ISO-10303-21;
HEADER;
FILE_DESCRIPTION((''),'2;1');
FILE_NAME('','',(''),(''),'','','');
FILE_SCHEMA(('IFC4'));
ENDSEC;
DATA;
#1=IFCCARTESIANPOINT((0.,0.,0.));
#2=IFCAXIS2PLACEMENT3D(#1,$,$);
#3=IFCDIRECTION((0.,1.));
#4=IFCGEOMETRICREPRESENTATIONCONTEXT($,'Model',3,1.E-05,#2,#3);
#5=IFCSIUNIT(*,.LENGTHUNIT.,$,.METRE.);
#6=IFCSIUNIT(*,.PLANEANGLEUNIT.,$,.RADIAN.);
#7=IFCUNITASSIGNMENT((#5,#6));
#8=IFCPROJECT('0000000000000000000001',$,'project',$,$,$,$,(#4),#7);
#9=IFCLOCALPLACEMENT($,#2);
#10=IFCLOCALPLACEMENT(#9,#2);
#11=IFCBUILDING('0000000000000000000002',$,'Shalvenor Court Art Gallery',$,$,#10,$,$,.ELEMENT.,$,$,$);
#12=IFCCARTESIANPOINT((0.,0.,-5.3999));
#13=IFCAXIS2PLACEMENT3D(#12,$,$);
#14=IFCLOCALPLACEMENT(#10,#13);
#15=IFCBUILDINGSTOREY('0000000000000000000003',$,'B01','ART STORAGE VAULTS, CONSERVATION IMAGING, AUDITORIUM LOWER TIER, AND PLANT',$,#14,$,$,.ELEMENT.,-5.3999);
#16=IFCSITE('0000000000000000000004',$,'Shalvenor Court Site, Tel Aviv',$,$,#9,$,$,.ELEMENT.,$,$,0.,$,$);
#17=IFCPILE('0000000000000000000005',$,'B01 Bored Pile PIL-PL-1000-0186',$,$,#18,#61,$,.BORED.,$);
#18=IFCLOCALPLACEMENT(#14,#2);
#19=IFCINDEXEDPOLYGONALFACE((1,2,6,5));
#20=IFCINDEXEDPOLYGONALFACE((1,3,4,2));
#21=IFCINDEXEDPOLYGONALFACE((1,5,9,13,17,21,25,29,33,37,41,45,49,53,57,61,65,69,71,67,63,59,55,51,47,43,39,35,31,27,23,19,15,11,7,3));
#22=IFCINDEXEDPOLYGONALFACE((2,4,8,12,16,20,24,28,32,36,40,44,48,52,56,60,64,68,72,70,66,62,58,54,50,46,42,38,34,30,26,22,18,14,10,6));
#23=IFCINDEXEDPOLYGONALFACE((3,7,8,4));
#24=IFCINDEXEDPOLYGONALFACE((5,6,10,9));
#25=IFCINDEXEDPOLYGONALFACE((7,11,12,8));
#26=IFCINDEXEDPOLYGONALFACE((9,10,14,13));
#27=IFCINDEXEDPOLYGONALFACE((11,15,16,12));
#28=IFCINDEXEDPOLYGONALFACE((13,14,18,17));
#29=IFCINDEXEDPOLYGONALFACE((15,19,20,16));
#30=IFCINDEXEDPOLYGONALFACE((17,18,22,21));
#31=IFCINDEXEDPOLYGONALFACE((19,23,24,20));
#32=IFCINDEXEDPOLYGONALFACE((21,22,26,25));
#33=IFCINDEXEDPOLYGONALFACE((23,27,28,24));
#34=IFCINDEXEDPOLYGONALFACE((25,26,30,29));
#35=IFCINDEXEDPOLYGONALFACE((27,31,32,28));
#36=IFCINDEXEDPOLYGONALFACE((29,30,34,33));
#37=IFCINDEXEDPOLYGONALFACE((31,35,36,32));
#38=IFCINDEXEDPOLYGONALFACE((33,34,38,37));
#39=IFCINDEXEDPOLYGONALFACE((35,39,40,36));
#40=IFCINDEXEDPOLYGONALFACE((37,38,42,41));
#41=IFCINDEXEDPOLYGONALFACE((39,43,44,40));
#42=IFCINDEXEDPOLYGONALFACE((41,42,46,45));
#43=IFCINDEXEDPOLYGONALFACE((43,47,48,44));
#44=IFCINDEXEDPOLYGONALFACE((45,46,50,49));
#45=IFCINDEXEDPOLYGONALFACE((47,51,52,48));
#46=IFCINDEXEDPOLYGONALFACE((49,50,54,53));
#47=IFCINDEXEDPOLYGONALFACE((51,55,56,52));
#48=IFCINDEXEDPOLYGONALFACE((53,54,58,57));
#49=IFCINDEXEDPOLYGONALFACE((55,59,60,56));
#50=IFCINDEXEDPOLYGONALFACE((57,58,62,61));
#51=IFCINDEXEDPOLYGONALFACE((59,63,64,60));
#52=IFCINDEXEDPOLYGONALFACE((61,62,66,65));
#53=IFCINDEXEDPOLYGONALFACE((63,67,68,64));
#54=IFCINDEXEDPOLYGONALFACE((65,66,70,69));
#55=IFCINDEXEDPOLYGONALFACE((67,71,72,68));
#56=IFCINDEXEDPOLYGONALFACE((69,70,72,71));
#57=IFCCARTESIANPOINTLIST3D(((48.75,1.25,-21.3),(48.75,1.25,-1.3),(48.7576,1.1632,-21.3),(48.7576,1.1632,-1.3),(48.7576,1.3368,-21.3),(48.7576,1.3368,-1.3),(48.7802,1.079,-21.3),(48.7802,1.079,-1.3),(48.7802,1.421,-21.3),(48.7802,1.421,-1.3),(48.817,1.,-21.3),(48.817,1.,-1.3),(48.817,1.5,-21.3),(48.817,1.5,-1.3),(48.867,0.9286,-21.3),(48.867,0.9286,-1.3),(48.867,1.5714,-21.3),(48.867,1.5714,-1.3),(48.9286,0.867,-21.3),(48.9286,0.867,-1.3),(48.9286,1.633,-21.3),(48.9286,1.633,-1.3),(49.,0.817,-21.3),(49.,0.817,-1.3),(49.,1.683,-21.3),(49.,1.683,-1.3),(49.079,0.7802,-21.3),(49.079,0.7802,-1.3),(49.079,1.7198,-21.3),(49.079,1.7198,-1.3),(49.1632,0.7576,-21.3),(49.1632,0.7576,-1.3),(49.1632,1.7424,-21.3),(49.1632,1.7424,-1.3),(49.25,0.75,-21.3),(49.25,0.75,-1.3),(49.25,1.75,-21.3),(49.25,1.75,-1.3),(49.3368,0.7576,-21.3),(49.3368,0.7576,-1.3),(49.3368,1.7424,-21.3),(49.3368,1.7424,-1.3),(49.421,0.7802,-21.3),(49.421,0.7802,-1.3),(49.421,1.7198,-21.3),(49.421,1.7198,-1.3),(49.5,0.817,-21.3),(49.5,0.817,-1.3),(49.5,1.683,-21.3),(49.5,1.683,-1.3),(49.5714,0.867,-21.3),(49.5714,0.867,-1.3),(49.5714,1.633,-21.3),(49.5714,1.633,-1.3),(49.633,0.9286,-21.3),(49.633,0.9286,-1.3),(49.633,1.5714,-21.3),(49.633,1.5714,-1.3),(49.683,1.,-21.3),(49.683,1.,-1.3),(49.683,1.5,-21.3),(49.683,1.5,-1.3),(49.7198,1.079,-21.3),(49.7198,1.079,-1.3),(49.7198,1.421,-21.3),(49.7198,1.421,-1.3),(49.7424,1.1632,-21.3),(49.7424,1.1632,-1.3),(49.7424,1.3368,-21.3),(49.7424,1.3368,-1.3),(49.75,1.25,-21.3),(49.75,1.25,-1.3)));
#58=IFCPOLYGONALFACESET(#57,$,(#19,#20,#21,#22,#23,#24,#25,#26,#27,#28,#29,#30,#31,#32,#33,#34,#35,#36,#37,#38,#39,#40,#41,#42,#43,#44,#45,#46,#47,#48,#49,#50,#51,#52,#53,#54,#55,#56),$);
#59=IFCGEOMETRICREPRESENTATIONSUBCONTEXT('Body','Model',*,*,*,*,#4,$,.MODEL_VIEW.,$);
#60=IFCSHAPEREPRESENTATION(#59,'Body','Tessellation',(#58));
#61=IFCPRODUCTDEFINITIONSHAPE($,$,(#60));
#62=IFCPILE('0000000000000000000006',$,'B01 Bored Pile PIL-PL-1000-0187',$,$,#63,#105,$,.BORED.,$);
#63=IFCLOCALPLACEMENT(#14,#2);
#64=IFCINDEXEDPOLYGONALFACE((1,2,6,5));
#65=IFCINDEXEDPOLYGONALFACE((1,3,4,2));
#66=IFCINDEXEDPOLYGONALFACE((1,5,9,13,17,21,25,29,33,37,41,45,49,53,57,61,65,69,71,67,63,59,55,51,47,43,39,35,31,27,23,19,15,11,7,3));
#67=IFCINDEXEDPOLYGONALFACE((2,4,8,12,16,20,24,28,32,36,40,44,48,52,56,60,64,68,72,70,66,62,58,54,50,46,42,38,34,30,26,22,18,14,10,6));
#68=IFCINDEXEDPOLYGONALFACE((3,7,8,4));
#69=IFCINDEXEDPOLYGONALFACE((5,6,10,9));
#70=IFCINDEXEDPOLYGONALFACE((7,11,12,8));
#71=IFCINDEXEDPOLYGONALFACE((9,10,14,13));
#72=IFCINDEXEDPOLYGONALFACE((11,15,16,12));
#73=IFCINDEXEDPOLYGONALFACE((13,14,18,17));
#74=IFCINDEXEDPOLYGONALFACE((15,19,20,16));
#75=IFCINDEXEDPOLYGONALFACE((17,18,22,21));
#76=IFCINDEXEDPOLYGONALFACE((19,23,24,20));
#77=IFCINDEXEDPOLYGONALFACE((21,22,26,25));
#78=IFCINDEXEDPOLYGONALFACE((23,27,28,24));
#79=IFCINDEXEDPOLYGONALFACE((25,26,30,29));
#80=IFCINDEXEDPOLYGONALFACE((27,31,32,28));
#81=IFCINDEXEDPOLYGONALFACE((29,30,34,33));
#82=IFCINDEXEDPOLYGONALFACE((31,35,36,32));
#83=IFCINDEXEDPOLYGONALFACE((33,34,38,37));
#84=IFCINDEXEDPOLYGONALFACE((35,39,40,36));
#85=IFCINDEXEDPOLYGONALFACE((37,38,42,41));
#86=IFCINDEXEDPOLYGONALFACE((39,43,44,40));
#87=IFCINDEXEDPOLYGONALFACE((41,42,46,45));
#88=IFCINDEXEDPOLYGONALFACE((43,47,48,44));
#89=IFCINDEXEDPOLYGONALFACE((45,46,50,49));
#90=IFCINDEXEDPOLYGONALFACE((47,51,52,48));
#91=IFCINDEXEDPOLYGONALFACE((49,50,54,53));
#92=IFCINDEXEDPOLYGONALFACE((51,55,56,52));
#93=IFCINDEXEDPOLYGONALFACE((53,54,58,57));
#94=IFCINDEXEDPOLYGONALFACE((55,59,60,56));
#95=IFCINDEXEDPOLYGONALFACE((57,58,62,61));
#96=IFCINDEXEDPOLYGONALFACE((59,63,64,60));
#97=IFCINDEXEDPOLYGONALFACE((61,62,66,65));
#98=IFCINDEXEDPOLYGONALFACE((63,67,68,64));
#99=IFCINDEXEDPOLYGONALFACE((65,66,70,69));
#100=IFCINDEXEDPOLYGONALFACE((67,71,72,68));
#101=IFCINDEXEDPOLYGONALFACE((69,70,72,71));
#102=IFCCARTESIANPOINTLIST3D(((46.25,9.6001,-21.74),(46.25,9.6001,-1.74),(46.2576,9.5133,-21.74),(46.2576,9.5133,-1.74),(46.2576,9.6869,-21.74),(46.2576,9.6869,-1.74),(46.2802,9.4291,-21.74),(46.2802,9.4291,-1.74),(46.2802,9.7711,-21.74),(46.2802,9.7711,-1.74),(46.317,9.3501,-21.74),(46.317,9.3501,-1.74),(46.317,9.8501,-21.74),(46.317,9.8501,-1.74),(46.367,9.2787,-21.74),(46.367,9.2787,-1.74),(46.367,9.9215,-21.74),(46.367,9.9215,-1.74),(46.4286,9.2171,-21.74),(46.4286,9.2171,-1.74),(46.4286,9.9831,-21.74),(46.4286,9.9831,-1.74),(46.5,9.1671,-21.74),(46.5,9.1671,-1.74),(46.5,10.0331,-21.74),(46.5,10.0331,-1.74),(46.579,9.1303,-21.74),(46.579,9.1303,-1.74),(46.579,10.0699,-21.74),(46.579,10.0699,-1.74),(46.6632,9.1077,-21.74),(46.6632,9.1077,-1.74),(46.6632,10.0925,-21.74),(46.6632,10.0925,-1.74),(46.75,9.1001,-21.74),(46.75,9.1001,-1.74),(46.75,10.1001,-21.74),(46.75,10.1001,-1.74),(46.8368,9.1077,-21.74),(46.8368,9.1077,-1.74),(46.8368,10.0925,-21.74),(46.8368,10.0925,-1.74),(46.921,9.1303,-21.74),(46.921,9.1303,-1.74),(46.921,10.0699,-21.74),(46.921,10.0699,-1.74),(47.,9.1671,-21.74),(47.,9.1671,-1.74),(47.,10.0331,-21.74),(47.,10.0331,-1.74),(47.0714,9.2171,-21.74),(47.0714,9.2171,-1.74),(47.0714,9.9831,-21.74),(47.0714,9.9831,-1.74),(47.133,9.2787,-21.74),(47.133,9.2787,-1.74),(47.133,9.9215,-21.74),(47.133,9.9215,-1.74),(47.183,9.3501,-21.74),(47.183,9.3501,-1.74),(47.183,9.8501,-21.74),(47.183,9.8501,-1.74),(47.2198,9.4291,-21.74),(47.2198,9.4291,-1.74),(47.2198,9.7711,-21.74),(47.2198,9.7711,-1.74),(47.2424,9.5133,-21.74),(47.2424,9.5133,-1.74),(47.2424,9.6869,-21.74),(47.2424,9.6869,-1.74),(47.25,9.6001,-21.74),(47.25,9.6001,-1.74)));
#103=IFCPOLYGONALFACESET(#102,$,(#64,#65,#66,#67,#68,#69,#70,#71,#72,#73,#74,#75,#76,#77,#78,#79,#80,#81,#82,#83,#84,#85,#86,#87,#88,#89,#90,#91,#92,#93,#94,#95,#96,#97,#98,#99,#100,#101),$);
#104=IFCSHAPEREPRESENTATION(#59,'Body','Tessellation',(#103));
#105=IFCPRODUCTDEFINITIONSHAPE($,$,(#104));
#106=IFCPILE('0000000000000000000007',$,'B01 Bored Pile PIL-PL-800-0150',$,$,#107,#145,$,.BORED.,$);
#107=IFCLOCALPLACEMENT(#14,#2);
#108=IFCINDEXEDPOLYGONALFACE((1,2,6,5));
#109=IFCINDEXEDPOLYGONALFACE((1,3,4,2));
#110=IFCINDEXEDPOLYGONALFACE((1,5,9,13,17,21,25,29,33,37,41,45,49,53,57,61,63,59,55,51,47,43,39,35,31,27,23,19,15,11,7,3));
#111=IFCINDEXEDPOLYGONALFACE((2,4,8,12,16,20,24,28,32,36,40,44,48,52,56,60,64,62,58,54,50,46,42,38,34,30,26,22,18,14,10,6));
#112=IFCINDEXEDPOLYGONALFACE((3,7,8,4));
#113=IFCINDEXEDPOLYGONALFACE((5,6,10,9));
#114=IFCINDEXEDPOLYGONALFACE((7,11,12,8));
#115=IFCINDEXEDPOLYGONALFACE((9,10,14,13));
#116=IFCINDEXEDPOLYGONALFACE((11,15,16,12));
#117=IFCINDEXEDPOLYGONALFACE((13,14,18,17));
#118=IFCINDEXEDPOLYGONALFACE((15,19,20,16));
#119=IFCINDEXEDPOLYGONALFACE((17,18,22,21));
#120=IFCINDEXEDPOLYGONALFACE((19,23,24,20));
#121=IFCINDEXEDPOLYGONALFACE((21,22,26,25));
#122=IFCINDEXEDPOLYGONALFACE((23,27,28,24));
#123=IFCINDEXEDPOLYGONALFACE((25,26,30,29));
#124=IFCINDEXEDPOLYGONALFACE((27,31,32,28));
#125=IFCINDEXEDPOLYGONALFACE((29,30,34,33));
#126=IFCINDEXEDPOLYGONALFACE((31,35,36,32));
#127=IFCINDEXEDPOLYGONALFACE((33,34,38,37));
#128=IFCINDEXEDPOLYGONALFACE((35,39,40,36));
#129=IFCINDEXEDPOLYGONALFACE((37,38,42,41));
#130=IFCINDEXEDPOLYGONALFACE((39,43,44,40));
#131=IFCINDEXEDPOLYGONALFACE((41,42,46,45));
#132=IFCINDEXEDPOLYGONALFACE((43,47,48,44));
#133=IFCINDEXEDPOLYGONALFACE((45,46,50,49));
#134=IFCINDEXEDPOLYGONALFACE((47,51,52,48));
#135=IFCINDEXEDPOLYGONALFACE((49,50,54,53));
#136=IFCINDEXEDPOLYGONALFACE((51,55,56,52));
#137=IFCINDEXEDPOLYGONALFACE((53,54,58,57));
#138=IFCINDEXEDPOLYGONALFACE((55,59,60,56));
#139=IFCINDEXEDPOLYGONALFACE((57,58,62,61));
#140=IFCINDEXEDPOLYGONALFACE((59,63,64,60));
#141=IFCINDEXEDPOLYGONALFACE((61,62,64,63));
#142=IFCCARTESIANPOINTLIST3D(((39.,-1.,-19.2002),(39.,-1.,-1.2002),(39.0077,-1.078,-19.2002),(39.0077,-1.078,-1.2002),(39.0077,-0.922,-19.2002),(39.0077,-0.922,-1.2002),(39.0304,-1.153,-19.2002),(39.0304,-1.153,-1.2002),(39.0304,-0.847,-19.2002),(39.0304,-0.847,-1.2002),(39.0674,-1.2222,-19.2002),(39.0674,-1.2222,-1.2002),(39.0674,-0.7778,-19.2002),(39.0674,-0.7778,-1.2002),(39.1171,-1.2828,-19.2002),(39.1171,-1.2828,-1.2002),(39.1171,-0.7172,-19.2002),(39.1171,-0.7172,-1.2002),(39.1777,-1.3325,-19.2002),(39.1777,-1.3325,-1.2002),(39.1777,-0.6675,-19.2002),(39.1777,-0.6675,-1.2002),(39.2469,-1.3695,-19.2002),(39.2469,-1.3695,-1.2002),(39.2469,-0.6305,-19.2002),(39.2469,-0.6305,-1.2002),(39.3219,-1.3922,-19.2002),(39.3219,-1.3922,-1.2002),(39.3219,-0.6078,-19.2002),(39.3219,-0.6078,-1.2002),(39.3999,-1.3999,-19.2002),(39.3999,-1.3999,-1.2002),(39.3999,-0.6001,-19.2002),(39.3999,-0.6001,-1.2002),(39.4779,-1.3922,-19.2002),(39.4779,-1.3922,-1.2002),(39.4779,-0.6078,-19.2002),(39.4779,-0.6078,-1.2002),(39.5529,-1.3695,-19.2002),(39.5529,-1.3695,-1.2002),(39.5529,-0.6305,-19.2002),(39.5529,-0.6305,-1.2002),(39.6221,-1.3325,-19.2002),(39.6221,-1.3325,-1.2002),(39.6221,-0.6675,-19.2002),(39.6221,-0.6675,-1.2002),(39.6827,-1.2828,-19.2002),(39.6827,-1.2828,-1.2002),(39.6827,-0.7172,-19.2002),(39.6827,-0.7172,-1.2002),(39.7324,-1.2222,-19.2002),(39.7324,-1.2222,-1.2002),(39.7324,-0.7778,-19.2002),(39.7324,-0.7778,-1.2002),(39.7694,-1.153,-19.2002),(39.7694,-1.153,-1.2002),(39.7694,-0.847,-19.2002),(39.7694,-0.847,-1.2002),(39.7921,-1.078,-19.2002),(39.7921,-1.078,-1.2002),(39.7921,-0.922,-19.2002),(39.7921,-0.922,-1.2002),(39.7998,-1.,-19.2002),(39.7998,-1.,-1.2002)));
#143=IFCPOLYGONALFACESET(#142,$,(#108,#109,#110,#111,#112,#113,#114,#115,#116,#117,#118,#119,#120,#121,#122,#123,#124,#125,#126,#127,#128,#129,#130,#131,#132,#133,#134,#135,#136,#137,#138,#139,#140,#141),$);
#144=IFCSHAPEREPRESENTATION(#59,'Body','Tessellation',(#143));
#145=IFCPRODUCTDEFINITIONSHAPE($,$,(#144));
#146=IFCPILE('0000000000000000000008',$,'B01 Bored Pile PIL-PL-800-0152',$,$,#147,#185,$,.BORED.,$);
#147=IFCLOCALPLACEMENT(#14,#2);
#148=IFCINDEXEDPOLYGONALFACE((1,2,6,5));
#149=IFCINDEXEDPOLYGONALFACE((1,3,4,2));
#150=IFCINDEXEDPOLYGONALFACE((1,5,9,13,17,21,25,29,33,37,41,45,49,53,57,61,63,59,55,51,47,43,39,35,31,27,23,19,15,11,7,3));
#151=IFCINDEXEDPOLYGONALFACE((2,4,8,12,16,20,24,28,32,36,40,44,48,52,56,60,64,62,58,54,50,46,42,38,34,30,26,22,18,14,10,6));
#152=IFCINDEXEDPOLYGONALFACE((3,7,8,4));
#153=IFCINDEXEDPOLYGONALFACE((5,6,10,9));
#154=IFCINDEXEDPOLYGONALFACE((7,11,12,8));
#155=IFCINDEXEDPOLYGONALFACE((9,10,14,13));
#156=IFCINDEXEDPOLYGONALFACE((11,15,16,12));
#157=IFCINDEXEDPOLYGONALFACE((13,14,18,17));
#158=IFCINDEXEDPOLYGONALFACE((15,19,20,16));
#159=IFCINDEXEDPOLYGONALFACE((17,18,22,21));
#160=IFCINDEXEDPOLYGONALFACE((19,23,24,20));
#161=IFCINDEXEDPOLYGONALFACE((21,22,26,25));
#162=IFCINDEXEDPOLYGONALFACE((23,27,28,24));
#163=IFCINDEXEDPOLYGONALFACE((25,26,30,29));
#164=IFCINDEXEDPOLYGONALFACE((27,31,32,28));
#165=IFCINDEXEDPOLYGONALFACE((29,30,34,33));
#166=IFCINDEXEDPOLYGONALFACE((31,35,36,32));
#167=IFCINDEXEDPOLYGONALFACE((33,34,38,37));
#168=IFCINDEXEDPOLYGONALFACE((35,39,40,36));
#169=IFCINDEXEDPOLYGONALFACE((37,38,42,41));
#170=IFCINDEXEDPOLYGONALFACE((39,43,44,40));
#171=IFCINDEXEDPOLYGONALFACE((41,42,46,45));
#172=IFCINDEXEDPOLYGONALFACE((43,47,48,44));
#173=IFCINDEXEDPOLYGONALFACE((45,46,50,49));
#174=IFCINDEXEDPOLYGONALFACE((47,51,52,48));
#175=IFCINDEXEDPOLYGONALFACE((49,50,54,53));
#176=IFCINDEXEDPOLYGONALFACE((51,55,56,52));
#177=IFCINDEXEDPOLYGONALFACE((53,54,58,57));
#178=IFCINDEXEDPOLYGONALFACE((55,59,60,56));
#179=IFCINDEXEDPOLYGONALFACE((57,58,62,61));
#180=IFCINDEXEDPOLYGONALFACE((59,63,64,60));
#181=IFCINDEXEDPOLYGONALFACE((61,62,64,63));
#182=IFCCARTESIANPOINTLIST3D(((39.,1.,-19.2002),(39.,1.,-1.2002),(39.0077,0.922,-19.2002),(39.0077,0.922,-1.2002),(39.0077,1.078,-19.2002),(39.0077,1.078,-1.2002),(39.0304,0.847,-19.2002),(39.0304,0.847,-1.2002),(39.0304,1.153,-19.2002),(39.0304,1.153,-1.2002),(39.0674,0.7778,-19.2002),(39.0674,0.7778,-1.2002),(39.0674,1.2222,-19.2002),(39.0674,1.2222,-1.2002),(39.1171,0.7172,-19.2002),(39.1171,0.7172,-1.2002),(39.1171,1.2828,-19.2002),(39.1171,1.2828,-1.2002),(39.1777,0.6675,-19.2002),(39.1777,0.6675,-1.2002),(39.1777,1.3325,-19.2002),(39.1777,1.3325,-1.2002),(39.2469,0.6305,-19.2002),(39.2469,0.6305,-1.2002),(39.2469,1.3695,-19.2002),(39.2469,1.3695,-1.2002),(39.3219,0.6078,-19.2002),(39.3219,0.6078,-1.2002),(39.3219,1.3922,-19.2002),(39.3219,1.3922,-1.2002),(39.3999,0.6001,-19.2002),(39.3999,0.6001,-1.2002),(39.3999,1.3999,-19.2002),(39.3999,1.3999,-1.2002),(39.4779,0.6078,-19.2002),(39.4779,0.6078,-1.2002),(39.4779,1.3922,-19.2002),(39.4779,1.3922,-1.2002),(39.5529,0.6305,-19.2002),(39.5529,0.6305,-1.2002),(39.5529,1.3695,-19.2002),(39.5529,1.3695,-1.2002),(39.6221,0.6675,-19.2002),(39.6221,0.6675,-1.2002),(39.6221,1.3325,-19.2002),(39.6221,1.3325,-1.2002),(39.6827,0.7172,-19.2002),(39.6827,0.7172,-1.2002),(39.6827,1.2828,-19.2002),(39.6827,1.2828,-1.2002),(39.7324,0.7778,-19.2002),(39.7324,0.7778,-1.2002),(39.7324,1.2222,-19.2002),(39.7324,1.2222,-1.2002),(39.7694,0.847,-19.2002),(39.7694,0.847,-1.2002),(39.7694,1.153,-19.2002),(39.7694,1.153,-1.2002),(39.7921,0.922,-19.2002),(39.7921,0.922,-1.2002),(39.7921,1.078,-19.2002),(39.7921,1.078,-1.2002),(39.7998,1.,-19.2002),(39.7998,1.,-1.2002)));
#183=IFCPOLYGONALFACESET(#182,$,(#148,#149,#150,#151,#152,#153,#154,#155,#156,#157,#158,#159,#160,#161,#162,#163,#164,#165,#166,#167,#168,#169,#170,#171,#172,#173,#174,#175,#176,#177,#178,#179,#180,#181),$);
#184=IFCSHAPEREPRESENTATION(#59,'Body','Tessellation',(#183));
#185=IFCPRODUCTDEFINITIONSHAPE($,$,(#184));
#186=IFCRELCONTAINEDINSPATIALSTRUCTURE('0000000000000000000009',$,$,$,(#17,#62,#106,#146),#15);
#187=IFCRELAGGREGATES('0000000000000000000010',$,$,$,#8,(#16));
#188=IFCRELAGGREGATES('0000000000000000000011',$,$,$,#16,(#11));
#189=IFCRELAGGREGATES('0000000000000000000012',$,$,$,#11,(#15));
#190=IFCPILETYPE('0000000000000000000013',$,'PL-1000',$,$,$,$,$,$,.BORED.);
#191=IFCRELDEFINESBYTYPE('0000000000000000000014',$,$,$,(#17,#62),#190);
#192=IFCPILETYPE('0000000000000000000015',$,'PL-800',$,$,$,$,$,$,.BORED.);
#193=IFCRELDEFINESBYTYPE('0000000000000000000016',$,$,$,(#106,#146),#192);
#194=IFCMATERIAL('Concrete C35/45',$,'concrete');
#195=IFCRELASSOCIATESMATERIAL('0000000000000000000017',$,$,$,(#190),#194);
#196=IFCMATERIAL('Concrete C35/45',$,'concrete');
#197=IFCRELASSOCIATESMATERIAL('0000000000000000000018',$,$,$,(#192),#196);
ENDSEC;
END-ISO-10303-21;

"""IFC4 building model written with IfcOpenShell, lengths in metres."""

from ifc_helpers import new_model, si_unit, direction, frame, origin, origin_2d, place, context, subcontext, project, spatial, circle, extrude, material, material_profile, profile_set, type_object, element, save


model = new_model("IFC4")

# Units and contexts
model_context = context("Model", 3, precision=1e-05, world=origin(), true_north=direction((0.0, 1.0)))
body_context = subcontext(model_context, "Body", "Model", "MODEL_VIEW")
ifc_project = project(units=[si_unit("LENGTHUNIT", "METRE"), si_unit("PLANEANGLEUNIT", "RADIAN")], contexts=[model_context])

# Site, building, storey
site_placement = place(None, origin())
site = spatial("IfcSite", under=ifc_project, at=site_placement, Name="Shalvenor Court Site, Tel Aviv", CompositionType="ELEMENT", RefElevation=0.0)
building_placement = place(site_placement, origin())
building = spatial("IfcBuilding", under=site, at=building_placement, Name="Shalvenor Court Art Gallery", CompositionType="ELEMENT")
storey_placement = place(building_placement, frame((0.0, 0.0, -5.3999)))
storey = spatial("IfcBuildingStorey", under=building, at=storey_placement, Name="B01", Description="ART STORAGE VAULTS, CONSERVATION IMAGING, AUDITORIUM LOWER TIER, AND PLANT", CompositionType="ELEMENT", Elevation=-5.3999)

# Piles
ifc_material_1 = material(Name="Concrete C35/45", Category="concrete")
ifc_material_profile_1 = material_profile(ifc_material_1, circle(Radius=0.5, at=origin_2d()), Name="PILE 1000")
ifc_profile_set_1 = profile_set([ifc_material_profile_1], Name="Concrete C35/45")
pile_type_1 = type_object("IfcPileType", Name="PL-1000", PredefinedType="BORED", material=ifc_profile_set_1)
for number, where, z_axis, x_axis, name in (
    (1, (49.25, 1.25, -1.3), (0.0, 0.0, -1.0), (1.0, 0.0, 0.0), "B01 Bored Pile PIL-PL-1000-0186"),
    (2, (46.75, 9.6001, -1.74), (0.0, 0.0, -1.0), (1.0, 0.0, 0.0), "B01 Bored Pile PIL-PL-1000-0187"),
):
    element("IfcPile", number, at=place(storey_placement, frame(where, z_axis=z_axis, x_axis=x_axis)), inside=storey, type_object=pile_type_1, Name=name, PredefinedType="BORED", context=body_context, shape_type="SweptSolid", body=[
        extrude(circle(Radius=0.5, at=origin_2d()), origin(), (0.0, 0.0, 1.0), 20.0),
    ])
ifc_material_2 = material(Name="Concrete C35/45", Category="concrete")
ifc_material_profile_2 = material_profile(ifc_material_2, circle(Radius=0.3999, at=origin_2d()), Name="PILE 800")
ifc_profile_set_2 = profile_set([ifc_material_profile_2], Name="Concrete C35/45")
pile_type_2 = type_object("IfcPileType", Name="PL-800", PredefinedType="BORED", material=ifc_profile_set_2)
for number, where, z_axis, x_axis, name in (
    (3, (39.3999, -1.0, -1.2002), (0.0, 0.0, -1.0), (1.0, 0.0, 0.0), "B01 Bored Pile PIL-PL-800-0150"),
    (4, (39.3999, 1.0, -1.2002), (0.0, 0.0, -1.0), (1.0, 0.0, 0.0), "B01 Bored Pile PIL-PL-800-0152"),
):
    element("IfcPile", number, at=place(storey_placement, frame(where, z_axis=z_axis, x_axis=x_axis)), inside=storey, type_object=pile_type_2, Name=name, PredefinedType="BORED", context=body_context, shape_type="SweptSolid", body=[
        extrude(circle(Radius=0.3999, at=origin_2d()), origin(), (0.0, 0.0, 1.0), 18.0),
    ])

save(model, "model.ifc")
